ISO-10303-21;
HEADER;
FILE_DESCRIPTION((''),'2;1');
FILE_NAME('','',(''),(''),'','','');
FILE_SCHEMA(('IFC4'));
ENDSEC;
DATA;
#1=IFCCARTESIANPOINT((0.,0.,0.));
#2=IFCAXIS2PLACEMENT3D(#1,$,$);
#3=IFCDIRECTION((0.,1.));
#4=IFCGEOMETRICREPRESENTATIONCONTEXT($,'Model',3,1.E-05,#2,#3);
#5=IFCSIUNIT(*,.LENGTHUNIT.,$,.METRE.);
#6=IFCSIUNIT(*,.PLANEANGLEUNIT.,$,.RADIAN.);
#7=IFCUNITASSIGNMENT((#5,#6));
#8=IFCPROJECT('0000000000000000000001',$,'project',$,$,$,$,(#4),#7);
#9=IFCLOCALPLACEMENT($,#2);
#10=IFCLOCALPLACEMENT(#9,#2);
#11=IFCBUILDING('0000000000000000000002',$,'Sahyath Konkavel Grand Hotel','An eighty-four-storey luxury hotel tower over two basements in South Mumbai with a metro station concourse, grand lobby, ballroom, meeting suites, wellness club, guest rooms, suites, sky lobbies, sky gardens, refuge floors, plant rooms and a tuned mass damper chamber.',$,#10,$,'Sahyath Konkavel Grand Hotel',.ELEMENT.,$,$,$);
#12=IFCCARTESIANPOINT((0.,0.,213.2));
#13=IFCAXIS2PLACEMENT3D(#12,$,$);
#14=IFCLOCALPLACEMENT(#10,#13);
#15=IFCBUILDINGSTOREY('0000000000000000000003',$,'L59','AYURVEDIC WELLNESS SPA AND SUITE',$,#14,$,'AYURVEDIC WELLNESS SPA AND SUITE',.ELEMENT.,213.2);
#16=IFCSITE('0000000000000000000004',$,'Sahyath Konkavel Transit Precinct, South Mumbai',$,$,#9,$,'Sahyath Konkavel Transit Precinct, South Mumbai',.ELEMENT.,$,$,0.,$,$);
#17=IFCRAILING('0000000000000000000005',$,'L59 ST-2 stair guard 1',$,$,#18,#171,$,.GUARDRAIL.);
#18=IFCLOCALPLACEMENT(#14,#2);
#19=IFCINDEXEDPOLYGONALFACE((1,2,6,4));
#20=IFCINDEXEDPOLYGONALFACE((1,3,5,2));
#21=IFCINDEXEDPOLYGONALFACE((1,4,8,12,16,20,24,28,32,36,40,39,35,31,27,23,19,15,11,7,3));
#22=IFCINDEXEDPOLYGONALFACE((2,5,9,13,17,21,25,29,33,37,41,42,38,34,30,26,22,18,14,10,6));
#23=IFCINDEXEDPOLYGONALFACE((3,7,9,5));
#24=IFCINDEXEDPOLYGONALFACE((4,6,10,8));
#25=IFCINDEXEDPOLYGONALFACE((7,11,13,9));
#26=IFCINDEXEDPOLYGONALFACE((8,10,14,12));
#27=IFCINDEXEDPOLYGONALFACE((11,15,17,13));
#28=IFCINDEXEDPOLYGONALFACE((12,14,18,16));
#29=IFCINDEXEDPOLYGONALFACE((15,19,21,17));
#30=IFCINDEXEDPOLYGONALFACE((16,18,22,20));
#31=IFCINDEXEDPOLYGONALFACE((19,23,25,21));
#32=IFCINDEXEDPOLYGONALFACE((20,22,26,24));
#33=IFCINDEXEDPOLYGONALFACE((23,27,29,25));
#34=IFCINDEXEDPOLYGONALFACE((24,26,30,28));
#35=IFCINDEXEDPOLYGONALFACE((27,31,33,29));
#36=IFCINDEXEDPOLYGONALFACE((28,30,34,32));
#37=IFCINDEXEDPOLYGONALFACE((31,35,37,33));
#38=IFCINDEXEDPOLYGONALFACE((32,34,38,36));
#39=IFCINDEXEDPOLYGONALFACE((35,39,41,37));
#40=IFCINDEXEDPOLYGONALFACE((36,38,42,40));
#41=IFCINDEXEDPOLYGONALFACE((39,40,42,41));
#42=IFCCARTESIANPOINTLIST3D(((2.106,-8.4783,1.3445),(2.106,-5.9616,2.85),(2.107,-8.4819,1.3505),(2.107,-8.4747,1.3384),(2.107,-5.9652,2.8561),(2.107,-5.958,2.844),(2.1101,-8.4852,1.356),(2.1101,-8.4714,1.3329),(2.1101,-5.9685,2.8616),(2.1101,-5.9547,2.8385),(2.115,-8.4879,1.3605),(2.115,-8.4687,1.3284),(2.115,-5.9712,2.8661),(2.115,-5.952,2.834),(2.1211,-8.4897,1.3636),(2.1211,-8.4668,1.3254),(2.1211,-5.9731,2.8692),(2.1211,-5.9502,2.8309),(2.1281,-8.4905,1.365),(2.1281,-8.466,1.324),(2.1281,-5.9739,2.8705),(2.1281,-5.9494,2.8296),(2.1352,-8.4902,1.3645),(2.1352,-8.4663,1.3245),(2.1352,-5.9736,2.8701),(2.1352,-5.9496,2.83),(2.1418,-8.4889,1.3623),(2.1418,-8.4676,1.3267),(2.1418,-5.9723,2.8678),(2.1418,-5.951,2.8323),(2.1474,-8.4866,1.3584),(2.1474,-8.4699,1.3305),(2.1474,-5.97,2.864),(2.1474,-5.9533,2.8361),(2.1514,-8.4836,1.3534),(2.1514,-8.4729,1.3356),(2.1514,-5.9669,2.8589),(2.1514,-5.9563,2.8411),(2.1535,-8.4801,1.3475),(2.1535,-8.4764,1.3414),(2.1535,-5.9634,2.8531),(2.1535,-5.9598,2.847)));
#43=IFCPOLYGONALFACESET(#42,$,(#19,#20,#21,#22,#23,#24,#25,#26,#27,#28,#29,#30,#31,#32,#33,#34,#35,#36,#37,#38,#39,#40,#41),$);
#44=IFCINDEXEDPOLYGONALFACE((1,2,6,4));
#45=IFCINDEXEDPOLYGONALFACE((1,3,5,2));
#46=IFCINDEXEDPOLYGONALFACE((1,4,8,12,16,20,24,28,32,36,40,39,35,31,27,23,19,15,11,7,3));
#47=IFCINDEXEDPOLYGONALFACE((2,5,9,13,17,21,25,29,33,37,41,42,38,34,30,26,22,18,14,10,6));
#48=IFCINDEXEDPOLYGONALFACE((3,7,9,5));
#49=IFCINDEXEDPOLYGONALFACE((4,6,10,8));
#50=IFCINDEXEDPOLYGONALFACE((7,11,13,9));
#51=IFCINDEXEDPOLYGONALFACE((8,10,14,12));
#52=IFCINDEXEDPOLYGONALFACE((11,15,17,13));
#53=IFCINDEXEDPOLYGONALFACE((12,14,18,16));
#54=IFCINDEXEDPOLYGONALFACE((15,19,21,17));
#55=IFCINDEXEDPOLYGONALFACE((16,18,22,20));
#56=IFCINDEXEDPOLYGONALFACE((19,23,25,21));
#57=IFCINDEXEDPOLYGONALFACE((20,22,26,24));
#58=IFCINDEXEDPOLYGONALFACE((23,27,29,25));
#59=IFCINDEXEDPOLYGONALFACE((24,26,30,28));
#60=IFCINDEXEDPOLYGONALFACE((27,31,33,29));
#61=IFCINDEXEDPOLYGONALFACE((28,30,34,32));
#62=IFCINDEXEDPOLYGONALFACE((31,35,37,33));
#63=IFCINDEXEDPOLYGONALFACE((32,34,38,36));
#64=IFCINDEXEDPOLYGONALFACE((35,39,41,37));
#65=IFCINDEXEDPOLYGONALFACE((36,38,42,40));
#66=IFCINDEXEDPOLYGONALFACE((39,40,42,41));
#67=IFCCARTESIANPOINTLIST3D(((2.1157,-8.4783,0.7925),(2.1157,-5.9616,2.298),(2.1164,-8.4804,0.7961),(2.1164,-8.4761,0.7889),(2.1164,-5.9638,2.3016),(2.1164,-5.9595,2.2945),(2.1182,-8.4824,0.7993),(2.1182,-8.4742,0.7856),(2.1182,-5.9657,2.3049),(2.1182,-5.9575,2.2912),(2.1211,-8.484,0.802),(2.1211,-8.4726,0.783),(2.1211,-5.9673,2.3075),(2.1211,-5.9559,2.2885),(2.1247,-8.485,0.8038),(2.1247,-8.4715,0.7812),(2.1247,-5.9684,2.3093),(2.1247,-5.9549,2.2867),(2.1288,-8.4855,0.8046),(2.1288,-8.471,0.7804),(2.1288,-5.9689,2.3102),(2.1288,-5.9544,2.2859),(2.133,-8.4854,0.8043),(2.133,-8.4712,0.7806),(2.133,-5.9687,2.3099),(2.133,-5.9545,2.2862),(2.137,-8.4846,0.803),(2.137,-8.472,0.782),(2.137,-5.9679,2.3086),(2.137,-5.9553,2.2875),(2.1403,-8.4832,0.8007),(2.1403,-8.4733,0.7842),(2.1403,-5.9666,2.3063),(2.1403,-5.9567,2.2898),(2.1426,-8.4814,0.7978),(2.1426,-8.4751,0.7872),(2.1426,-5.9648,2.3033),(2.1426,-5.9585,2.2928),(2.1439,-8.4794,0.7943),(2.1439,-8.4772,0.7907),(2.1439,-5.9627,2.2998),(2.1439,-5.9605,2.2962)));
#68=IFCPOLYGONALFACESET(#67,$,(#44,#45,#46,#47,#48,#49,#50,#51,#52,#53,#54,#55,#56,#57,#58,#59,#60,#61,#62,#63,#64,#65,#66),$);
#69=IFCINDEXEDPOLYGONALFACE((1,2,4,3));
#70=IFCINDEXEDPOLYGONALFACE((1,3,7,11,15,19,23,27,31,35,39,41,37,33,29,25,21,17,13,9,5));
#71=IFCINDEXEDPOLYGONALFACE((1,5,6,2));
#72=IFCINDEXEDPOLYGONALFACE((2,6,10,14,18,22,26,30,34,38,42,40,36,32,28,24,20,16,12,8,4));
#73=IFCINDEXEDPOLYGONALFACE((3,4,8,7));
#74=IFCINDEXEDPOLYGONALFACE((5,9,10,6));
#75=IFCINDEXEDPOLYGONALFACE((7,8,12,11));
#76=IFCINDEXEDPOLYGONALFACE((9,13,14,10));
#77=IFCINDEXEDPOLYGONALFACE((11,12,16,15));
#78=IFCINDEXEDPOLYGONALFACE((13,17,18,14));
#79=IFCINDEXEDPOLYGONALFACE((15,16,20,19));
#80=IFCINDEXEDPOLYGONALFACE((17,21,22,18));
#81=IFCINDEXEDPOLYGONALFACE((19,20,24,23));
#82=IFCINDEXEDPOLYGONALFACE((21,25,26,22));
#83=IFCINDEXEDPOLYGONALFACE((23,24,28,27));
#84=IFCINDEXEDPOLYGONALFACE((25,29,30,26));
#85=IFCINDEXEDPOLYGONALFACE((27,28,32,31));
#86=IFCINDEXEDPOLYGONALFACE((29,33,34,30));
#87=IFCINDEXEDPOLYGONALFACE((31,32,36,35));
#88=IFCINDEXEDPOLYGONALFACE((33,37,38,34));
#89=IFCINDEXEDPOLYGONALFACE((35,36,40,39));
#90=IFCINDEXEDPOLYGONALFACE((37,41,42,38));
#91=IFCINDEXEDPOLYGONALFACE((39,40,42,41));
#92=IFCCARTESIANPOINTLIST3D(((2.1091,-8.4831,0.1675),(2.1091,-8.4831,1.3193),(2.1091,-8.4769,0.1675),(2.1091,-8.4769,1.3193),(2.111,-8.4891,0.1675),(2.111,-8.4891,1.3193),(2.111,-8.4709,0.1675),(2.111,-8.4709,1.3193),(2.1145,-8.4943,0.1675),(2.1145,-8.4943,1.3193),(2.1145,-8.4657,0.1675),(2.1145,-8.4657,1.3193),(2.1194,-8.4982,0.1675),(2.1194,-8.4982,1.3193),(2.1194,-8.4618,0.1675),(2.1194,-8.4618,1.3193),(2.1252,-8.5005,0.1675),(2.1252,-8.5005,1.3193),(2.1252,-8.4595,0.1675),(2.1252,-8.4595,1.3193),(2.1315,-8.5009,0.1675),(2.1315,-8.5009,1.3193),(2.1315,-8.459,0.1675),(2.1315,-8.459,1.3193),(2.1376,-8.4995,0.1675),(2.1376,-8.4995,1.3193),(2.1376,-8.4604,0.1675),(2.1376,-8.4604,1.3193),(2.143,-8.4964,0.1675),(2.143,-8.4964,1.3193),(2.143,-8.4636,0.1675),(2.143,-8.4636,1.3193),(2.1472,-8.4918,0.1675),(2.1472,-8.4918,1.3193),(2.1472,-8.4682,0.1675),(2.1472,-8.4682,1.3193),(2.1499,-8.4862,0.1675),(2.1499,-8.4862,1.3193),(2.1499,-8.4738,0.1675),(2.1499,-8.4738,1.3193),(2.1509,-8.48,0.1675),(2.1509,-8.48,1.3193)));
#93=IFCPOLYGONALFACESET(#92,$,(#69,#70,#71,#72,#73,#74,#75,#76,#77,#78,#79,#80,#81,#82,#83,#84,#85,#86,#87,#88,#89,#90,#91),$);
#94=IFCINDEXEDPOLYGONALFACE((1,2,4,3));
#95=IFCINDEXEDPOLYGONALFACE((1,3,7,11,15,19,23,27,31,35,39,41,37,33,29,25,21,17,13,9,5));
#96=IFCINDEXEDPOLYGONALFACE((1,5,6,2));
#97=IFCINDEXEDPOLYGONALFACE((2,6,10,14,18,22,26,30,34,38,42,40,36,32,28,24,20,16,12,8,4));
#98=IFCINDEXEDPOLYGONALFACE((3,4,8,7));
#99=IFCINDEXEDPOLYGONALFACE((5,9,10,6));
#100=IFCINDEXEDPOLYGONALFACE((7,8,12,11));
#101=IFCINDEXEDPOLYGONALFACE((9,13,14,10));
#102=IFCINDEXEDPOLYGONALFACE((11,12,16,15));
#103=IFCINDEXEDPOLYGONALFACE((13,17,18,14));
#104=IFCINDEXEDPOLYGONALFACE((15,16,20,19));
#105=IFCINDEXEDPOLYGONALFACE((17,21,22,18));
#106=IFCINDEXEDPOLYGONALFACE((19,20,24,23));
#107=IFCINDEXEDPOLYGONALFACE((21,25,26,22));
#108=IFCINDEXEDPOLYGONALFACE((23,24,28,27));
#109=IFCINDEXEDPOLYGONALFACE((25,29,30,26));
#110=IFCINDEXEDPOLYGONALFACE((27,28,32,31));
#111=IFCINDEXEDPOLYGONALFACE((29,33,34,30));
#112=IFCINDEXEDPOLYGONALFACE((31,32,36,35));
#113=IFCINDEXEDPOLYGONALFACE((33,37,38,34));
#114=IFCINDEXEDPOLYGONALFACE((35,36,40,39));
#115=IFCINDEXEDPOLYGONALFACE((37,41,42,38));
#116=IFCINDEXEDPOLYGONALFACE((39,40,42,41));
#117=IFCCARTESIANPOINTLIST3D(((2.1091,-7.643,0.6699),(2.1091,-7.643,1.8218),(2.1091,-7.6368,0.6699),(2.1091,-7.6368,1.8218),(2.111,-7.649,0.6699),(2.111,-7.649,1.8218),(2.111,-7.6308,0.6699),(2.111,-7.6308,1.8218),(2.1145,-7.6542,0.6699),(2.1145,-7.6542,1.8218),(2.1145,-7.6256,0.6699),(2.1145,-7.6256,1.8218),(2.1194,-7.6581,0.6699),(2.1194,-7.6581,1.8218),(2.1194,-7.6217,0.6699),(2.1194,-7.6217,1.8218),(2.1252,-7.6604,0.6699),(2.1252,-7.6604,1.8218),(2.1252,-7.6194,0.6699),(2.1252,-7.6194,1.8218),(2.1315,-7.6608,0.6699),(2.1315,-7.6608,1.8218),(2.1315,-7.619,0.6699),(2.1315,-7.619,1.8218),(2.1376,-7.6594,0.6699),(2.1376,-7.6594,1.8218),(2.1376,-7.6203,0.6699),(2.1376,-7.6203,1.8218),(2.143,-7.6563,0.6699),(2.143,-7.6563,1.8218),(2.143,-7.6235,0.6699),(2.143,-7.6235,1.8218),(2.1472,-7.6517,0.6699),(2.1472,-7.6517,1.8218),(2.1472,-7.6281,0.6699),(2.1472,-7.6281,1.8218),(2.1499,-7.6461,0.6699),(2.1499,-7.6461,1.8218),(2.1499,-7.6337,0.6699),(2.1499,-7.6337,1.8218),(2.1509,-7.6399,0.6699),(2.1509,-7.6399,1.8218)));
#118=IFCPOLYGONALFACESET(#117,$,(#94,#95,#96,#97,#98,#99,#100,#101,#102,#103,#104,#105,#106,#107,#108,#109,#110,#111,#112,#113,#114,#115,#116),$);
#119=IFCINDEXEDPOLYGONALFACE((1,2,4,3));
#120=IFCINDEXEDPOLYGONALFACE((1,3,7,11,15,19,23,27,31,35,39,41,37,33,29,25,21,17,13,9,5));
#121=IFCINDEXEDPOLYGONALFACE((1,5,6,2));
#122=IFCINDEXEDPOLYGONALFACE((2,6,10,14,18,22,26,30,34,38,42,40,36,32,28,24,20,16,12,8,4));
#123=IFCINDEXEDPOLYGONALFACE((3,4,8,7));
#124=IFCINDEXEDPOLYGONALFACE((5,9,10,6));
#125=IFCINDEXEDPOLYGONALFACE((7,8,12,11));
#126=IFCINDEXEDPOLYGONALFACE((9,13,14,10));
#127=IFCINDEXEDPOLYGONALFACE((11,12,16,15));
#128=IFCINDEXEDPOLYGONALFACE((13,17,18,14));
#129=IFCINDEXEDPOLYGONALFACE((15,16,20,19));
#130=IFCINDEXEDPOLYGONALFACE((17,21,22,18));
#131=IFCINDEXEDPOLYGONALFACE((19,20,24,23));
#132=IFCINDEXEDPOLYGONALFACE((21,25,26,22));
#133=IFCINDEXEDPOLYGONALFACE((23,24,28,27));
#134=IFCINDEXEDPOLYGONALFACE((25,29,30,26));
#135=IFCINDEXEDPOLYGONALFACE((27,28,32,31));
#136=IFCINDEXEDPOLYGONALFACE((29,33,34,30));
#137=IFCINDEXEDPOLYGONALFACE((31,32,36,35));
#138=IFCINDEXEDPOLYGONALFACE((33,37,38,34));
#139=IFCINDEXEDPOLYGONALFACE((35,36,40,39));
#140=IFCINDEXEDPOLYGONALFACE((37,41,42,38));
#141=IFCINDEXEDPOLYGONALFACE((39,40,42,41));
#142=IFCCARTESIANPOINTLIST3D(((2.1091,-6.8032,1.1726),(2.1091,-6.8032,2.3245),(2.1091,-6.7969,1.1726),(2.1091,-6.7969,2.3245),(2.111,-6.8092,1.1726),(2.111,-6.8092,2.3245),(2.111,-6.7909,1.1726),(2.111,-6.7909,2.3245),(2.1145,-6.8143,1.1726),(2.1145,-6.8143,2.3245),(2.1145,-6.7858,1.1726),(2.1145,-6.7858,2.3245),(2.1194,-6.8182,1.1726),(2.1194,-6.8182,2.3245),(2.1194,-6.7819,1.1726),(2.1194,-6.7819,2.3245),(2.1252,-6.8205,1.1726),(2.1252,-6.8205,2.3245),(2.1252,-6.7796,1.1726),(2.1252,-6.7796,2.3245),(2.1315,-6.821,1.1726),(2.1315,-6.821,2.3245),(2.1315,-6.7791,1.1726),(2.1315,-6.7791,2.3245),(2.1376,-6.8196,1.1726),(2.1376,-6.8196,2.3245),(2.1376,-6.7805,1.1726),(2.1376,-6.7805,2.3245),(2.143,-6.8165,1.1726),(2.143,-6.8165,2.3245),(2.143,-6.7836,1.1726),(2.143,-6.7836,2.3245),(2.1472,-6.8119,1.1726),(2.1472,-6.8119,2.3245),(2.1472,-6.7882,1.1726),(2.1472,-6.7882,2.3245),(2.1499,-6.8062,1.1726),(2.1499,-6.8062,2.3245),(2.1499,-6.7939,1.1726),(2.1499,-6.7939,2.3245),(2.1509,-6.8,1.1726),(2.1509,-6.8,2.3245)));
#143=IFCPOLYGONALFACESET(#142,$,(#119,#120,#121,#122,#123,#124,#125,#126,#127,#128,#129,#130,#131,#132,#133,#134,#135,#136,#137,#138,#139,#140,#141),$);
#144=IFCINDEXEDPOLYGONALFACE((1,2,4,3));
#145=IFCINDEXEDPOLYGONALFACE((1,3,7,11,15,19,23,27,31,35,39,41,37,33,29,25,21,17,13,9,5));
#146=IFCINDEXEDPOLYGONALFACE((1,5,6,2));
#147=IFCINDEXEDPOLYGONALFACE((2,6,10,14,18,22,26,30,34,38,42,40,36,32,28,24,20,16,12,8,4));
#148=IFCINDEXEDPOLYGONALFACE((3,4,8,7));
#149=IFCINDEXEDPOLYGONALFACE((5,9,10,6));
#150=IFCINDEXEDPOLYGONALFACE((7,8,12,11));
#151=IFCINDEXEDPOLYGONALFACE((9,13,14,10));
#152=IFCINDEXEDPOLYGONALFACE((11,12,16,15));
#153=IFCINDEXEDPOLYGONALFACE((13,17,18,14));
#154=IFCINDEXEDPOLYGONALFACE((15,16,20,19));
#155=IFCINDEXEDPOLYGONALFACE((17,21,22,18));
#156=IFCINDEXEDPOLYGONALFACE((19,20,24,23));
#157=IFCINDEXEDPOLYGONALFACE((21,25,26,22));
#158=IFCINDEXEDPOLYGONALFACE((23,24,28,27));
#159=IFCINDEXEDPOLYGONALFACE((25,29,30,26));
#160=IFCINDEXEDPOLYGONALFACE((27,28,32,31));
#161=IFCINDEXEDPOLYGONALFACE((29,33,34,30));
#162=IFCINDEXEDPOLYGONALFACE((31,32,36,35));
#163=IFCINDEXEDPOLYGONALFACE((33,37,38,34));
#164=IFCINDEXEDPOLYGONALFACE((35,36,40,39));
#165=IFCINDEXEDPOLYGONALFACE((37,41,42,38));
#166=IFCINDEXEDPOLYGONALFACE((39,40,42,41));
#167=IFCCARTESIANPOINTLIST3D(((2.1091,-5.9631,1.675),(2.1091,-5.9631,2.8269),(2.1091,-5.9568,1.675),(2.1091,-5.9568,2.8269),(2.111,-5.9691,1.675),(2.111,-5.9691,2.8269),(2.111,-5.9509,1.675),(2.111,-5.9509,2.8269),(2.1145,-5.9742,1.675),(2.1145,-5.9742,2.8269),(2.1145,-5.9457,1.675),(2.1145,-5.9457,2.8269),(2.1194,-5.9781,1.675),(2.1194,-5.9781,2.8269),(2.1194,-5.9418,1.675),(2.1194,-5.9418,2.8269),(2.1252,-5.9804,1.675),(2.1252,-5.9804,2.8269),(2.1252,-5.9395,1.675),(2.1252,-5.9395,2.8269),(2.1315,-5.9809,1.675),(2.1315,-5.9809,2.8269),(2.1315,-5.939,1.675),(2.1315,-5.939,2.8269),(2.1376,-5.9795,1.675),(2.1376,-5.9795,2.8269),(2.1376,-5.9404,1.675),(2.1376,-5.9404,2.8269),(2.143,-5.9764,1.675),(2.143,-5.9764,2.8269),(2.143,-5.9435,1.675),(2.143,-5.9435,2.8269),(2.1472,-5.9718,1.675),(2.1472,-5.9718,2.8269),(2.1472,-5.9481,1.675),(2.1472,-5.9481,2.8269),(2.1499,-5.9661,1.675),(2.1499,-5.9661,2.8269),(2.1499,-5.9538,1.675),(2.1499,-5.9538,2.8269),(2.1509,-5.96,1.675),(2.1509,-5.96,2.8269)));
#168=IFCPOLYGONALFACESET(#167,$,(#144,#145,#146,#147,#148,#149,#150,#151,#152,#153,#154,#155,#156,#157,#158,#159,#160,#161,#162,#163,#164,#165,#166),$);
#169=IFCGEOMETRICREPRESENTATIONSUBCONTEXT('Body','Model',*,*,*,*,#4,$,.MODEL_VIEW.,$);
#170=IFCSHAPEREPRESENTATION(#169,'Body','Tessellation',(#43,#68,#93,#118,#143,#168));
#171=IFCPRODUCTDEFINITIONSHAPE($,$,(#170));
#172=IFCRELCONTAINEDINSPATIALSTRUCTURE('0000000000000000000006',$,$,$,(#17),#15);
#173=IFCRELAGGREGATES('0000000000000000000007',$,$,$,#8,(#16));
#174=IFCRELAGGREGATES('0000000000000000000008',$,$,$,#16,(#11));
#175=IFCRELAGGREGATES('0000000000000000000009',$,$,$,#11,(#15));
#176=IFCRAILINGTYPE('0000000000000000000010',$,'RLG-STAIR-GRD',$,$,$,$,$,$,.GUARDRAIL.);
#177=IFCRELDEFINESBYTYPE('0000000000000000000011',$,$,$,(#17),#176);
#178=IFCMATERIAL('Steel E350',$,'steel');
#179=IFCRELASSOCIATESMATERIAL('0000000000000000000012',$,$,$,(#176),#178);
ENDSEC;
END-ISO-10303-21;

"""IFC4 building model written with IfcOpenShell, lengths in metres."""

from ifc_helpers import new_model, si_unit, direction, frame, origin, origin_2d, place, context, subcontext, project, spatial, circle, extrude, material, type_object, element, save


model = new_model("IFC4")

# Units and contexts
model_context = context("Model", 3, precision=1e-05, world=origin(), true_north=direction((0.0, 1.0)))
body_context = subcontext(model_context, "Body", "Model", "MODEL_VIEW")
ifc_project = project(units=[si_unit("LENGTHUNIT", "METRE"), si_unit("PLANEANGLEUNIT", "RADIAN")], contexts=[model_context])

# Site, building, storey
site_placement = place(None, origin())
site = spatial("IfcSite", under=ifc_project, at=site_placement, Name="Sahyath Konkavel Transit Precinct, South Mumbai", LongName="Sahyath Konkavel Transit Precinct, South Mumbai", CompositionType="ELEMENT", RefElevation=0.0)
building_placement = place(site_placement, origin())
building = spatial("IfcBuilding", under=site, at=building_placement, Name="Sahyath Konkavel Grand Hotel", Description="An eighty-four-storey luxury hotel tower over two basements in South Mumbai with a metro station concourse, grand lobby, ballroom, meeting suites, wellness club, guest rooms, suites, sky lobbies, sky gardens, refuge floors, plant rooms and a tuned mass damper chamber.", LongName="Sahyath Konkavel Grand Hotel", CompositionType="ELEMENT")
storey_placement = place(building_placement, frame((0.0, 0.0, 213.2)))
storey = spatial("IfcBuildingStorey", under=building, at=storey_placement, Name="L59", Description="AYURVEDIC WELLNESS SPA AND SUITE", LongName="AYURVEDIC WELLNESS SPA AND SUITE", CompositionType="ELEMENT", Elevation=213.2)

# Shared definitions
ifc_material_1 = material(Name="Steel E350", Category="steel")

# Railing
railing_type_1 = type_object("IfcRailingType", Name="RLG-STAIR-GRD", PredefinedType="GUARDRAIL", material=ifc_material_1)
railing_1_placement = place(storey_placement, frame((2.1299, -8.48, 0.1675)))
element("IfcRailing", 1, at=railing_1_placement, inside=storey, type_object=railing_type_1, Name="L59 ST-2 stair guard 1", PredefinedType="GUARDRAIL", context=body_context, shape_type="SweptSolid", body=[
    extrude(circle(Radius=0.0239, at=origin_2d()), frame((0.0, 0.0017, 1.177), z_axis=(0.0, 0.85816, 0.513383), x_axis=(-1.0, 0.0, 0.0)), (0.0, 0.0, 1.0), 2.9326),
    extrude(circle(Radius=0.0142, at=origin_2d()), frame((0.0, 0.0017, 0.625), z_axis=(0.0, 0.85816, 0.513383), x_axis=(-1.0, 0.0, 0.0)), (0.0, 0.0, 1.0), 2.9326),
    extrude(circle(Radius=0.021, at=origin_2d()), origin(), (0.0, 0.0, 1.0), 1.1519),
    extrude(circle(Radius=0.021, at=origin_2d()), frame((0.0, 0.8401, 0.5024)), (0.0, 0.0, 1.0), 1.1519),
    extrude(circle(Radius=0.021, at=origin_2d()), frame((0.0, 1.6799, 1.0051)), (0.0, 0.0, 1.0), 1.1519),
    extrude(circle(Radius=0.021, at=origin_2d()), frame((0.0, 2.52, 1.5076)), (0.0, 0.0, 1.0), 1.1519),
])

save(model, "model.ifc")
